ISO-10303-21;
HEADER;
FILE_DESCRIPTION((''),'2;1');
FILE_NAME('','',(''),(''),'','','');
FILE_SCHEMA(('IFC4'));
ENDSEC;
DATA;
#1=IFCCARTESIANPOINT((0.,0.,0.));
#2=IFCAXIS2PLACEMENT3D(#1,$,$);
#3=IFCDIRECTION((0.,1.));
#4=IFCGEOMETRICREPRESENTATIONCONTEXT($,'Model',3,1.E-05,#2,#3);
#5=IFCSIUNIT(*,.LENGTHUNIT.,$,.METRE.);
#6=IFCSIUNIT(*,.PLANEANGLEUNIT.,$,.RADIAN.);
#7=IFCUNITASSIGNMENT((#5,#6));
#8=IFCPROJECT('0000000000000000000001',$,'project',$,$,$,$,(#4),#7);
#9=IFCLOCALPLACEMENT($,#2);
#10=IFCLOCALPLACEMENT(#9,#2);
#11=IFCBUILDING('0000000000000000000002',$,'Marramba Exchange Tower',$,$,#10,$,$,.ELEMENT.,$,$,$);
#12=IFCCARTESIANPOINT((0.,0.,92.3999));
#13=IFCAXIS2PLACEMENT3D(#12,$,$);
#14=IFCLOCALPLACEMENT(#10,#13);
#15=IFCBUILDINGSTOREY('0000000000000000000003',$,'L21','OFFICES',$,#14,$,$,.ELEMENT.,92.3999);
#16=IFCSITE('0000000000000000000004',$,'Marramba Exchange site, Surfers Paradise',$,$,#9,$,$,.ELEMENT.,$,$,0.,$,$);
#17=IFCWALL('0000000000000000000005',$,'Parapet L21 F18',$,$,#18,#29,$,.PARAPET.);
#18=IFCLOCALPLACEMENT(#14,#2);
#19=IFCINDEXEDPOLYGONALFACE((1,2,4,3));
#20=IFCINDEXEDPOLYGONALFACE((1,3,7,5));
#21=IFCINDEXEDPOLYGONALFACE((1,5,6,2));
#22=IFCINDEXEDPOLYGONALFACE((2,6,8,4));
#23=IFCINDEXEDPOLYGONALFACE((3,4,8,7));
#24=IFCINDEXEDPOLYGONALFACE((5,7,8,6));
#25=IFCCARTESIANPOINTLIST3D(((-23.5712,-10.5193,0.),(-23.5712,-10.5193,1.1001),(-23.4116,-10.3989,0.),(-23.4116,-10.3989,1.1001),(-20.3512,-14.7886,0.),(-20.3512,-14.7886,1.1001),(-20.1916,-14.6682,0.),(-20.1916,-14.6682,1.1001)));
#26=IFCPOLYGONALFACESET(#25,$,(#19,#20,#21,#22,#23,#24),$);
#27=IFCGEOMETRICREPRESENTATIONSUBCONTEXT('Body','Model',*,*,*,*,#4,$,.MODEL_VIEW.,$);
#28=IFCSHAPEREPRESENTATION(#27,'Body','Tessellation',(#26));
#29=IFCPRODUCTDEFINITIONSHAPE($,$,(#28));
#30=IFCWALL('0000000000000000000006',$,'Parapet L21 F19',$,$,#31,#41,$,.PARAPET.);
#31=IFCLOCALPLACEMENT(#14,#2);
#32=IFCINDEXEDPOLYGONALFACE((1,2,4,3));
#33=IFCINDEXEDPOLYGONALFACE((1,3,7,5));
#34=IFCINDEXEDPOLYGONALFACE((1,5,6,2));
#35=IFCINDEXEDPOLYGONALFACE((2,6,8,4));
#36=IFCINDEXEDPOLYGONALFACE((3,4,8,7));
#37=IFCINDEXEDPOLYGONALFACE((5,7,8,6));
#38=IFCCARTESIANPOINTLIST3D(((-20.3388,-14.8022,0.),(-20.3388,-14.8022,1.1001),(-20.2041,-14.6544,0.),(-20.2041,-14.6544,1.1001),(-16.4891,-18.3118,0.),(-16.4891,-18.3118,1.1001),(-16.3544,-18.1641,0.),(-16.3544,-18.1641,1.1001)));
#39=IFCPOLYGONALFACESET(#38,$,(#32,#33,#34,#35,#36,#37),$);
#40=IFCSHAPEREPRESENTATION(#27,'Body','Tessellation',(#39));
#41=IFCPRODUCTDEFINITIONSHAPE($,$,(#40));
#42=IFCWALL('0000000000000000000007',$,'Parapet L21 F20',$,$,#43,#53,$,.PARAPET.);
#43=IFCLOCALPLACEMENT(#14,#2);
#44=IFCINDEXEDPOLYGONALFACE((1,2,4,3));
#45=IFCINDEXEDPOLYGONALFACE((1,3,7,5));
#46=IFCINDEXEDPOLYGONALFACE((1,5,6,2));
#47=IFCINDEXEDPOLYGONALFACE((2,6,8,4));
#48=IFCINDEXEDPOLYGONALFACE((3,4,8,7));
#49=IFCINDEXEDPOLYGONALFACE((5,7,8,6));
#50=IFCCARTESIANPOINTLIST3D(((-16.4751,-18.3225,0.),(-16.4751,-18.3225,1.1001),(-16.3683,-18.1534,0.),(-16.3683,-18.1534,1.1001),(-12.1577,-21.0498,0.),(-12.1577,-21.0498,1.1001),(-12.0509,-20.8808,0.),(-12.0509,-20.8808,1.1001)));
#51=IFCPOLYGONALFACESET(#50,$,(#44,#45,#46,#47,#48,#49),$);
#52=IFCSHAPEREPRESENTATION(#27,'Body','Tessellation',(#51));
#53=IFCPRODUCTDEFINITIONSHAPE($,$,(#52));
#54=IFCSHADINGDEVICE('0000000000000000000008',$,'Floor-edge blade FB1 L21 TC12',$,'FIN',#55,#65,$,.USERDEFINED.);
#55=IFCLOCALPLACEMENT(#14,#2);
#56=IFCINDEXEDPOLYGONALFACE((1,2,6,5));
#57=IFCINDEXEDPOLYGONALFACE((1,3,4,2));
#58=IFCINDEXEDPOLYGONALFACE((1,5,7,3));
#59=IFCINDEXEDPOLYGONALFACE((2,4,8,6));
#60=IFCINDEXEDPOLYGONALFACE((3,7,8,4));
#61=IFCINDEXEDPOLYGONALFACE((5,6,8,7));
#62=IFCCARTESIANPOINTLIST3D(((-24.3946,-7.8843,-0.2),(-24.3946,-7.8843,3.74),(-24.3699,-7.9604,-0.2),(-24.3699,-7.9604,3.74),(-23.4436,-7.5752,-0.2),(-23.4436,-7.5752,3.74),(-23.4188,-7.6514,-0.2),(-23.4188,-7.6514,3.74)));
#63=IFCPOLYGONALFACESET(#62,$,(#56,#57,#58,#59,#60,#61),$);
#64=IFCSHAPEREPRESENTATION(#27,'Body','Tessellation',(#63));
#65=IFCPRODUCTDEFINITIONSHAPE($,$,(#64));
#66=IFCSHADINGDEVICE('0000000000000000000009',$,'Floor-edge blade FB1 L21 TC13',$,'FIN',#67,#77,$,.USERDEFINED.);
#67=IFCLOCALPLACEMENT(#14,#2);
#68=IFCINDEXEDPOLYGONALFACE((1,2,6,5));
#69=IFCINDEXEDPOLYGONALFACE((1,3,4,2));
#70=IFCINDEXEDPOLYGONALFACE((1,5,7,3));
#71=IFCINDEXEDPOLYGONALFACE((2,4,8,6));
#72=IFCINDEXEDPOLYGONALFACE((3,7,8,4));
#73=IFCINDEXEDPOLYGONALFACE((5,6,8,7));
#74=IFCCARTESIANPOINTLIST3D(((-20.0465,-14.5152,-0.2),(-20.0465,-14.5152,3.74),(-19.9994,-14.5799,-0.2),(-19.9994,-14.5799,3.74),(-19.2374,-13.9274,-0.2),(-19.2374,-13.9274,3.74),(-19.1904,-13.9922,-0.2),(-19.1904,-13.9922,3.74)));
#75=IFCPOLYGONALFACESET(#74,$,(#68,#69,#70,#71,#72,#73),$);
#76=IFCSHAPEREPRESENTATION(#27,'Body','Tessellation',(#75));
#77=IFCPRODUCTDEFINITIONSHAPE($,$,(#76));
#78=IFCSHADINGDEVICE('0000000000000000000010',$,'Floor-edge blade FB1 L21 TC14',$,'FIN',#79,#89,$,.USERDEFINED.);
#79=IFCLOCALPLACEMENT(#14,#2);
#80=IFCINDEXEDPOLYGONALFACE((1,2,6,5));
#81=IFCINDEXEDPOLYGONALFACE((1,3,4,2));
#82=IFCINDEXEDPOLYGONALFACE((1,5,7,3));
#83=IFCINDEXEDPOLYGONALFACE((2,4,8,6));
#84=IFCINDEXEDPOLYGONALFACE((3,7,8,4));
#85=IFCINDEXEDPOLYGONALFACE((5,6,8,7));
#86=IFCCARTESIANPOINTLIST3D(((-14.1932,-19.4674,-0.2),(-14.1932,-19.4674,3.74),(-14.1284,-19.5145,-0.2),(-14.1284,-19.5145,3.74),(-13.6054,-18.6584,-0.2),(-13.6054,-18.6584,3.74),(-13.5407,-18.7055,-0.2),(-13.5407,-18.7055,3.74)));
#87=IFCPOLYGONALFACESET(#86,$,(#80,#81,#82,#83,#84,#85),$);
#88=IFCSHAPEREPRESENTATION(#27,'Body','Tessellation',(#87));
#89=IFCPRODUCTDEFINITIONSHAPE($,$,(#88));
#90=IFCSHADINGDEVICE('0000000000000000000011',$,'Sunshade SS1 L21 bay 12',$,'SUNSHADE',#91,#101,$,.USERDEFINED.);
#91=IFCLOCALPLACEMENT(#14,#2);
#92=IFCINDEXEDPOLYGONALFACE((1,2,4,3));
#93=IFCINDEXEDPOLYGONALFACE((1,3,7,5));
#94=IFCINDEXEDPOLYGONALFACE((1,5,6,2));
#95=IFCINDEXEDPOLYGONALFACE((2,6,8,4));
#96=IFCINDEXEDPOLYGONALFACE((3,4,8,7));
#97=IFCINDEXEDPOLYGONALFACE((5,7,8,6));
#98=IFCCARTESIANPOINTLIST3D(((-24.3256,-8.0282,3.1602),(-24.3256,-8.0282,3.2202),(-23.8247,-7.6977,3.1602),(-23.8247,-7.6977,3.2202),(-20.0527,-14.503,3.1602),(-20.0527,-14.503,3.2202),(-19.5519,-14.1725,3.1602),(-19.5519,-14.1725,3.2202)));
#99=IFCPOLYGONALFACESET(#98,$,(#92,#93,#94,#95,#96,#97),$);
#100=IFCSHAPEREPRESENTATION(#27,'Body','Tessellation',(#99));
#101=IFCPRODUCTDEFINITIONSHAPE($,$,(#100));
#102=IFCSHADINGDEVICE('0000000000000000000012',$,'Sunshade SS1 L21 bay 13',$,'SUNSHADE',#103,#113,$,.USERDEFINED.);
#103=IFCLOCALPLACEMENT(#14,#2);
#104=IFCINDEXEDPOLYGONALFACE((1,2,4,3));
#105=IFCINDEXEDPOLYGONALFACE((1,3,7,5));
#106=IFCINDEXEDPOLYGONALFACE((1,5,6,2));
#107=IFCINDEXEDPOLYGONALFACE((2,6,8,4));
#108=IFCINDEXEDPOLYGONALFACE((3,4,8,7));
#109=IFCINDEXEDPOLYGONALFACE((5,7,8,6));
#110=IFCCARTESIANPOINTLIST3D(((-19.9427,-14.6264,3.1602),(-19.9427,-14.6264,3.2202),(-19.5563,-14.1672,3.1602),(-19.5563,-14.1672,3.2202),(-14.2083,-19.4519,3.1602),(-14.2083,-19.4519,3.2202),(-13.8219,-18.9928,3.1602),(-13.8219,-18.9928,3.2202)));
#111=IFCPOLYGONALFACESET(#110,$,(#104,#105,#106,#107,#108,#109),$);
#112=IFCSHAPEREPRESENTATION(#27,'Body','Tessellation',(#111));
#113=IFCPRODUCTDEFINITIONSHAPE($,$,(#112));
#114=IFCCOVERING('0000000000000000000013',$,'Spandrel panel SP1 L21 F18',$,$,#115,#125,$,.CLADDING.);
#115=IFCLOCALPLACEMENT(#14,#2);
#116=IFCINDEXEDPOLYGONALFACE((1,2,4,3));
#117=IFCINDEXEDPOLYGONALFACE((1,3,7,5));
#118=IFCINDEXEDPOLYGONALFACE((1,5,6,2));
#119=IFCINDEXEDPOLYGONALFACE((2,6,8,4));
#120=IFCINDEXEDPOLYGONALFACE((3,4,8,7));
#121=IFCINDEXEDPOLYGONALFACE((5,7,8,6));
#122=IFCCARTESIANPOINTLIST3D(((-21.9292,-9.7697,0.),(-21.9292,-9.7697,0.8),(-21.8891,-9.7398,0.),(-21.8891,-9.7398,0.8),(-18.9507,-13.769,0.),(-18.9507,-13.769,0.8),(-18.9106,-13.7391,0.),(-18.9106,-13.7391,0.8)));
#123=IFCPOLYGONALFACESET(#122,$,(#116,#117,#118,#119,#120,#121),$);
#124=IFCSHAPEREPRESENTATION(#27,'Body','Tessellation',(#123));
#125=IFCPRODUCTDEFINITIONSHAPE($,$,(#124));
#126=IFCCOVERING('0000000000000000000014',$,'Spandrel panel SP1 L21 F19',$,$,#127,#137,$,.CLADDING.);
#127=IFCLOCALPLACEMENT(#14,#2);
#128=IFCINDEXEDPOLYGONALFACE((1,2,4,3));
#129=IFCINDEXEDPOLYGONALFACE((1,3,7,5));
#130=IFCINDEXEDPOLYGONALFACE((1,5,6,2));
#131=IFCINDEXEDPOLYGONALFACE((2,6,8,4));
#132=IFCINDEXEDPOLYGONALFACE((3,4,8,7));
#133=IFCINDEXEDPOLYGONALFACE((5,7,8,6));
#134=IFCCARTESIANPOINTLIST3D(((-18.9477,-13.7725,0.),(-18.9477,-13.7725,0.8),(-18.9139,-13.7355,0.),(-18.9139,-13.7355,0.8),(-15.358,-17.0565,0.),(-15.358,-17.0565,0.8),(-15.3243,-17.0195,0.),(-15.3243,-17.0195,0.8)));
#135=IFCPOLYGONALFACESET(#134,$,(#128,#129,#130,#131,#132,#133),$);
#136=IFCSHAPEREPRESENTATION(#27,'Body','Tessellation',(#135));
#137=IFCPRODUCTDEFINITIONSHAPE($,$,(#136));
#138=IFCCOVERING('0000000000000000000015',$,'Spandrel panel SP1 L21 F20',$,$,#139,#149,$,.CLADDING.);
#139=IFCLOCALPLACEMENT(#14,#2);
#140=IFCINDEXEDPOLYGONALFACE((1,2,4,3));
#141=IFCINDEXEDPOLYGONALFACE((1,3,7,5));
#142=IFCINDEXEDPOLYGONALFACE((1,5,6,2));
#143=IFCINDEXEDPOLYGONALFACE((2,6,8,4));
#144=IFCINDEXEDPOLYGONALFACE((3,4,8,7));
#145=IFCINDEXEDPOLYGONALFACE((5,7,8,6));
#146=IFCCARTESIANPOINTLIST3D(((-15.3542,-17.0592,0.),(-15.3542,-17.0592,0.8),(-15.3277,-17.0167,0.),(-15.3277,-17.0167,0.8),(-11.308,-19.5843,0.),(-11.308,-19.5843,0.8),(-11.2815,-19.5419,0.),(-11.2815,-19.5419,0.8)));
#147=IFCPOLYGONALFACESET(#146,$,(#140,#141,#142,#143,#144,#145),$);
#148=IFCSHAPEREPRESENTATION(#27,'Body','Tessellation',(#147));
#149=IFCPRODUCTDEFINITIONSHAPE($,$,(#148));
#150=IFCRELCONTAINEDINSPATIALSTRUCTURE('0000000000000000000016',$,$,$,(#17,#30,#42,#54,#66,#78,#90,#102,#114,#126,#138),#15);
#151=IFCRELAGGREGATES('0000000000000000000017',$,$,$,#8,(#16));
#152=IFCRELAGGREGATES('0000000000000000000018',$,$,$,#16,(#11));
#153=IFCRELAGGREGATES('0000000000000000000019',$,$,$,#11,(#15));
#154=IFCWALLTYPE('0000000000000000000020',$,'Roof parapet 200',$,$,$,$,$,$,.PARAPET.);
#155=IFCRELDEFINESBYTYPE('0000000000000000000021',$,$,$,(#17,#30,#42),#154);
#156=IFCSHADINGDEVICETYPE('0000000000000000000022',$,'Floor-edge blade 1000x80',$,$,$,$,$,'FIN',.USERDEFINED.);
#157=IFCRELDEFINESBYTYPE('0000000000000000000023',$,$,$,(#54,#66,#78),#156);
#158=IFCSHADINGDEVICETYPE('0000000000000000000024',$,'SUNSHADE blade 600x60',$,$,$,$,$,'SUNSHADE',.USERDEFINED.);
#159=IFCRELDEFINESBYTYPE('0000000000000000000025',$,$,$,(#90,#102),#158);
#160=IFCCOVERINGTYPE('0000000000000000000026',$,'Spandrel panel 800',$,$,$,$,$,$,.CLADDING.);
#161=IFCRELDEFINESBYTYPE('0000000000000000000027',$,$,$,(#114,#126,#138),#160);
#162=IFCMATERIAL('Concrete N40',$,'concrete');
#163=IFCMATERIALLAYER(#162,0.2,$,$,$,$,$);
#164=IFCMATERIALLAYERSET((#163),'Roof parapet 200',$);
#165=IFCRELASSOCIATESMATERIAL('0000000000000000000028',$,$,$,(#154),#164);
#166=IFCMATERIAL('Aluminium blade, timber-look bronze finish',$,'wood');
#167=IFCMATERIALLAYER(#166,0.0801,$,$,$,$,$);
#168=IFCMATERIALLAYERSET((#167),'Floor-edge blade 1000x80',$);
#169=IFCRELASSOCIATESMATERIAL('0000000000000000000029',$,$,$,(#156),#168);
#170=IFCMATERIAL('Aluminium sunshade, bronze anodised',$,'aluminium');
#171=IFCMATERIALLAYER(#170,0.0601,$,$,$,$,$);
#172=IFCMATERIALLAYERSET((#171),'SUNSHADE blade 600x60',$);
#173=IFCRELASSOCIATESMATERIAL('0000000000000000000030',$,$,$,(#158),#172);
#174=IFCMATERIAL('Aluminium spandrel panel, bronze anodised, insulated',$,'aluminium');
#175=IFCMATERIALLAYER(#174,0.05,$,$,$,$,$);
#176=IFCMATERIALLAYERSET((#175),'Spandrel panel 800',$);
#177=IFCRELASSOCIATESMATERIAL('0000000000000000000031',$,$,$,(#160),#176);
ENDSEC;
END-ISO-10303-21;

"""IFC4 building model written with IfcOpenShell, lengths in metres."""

from ifc_helpers import new_model, si_unit, direction, frame, frame_2d, origin, origin_2d, place, context, subcontext, project, spatial, rectangle, extrude, material, layer, layer_set, type_object, element, save


model = new_model("IFC4")

# Units and contexts
model_context = context("Model", 3, precision=1e-05, world=origin(), true_north=direction((0.0, 1.0)))
body_context = subcontext(model_context, "Body", "Model", "MODEL_VIEW")
ifc_project = project(units=[si_unit("LENGTHUNIT", "METRE"), si_unit("PLANEANGLEUNIT", "RADIAN")], contexts=[model_context])

# Site, building, storey
site_placement = place(None, origin())
site = spatial("IfcSite", under=ifc_project, at=site_placement, Name="Marramba Exchange site, Surfers Paradise", CompositionType="ELEMENT", RefElevation=0.0)
building_placement = place(site_placement, origin())
building = spatial("IfcBuilding", under=site, at=building_placement, Name="Marramba Exchange Tower", CompositionType="ELEMENT")
storey_placement = place(building_placement, frame((0.0, 0.0, 92.3999)))
storey = spatial("IfcBuildingStorey", under=building, at=storey_placement, Name="L21", Description="OFFICES", CompositionType="ELEMENT", Elevation=92.3999)

# Walls
ifc_material_1 = material(Name="Concrete N40", Category="concrete")
ifc_layer_1 = layer(ifc_material_1, 0.2)
ifc_layer_set_1 = layer_set([ifc_layer_1], Name="Roof parapet 200")
wall_type_1 = type_object("IfcWallType", Name="Roof parapet 200", PredefinedType="PARAPET", material=ifc_layer_set_1)
wall_1_placement = place(storey_placement, frame((-23.4915, -10.459, 0.0), z_axis=(0.0, 0.0, 1.0), x_axis=(0.602153, -0.798381, 0.0)))
element("IfcWall", 1, at=wall_1_placement, inside=storey, type_object=wall_type_1, Name="Parapet L21 F18", PredefinedType="PARAPET", context=body_context, shape_type="SweptSolid", body=[
    extrude(rectangle(XDim=5.3474, YDim=0.2, at=frame_2d((2.6738, 0.0))), origin(), (0.0, 0.0, 1.0), 1.1001),
])
wall_2_placement = place(storey_placement, frame((-20.2715, -14.7283, 0.0), z_axis=(0.0, 0.0, 1.0), x_axis=(0.738994, -0.673712, 0.0)))
element("IfcWall", 2, at=wall_2_placement, inside=storey, type_object=wall_type_1, Name="Parapet L21 F19", PredefinedType="PARAPET", context=body_context, shape_type="SweptSolid", body=[
    extrude(rectangle(XDim=5.2095, YDim=0.2, at=frame_2d((2.6047, 0.0))), origin(), (0.0, 0.0, 1.0), 1.1001),
])
wall_3_placement = place(storey_placement, frame((-16.4216, -18.238, 0.0), z_axis=(0.0, 0.0, 1.0), x_axis=(0.845442, -0.534067, 0.0)))
element("IfcWall", 3, at=wall_3_placement, inside=storey, type_object=wall_type_1, Name="Parapet L21 F20", PredefinedType="PARAPET", context=body_context, shape_type="SweptSolid", body=[
    extrude(rectangle(XDim=5.1067, YDim=0.2, at=frame_2d((2.5532, 0.0))), origin(), (0.0, 0.0, 1.0), 1.1001),
])

# Shading devices
ifc_material_2 = material(Name="Aluminium blade, timber-look bronze finish", Category="wood")
ifc_layer_2 = layer(ifc_material_2, 0.0801)
ifc_layer_set_2 = layer_set([ifc_layer_2], Name="Floor-edge blade 1000x80")
shading_device_type_1 = type_object("IfcShadingDeviceType", Name="Floor-edge blade 1000x80", ElementType="FIN", PredefinedType="USERDEFINED", material=ifc_layer_set_2)
for number, where, z_axis, x_axis, name in (
    (4, (-23.9067, -7.7678, -0.2), (0.0, 0.0, 1.0), (-0.951057, -0.309017, 0.0), "Floor-edge blade FB1 L21 TC12"),
    (5, (-19.6184, -14.2537, -0.2), (0.0, 0.0, 1.0), (-0.809017, -0.587785, 0.0), "Floor-edge blade FB1 L21 TC13"),
    (6, (-13.8669, -19.0864, -0.2), (0.0, 0.0, 1.0), (-0.587785, -0.809017, 0.0), "Floor-edge blade FB1 L21 TC14"),
):
    element("IfcShadingDevice", number, at=place(storey_placement, frame(where, z_axis=z_axis, x_axis=x_axis)), inside=storey, type_object=shading_device_type_1, Name=name, ObjectType="FIN", PredefinedType="USERDEFINED", context=body_context, shape_type="SweptSolid", body=[
        extrude(rectangle(XDim=1.0, YDim=0.0801, at=origin_2d()), origin(), (0.0, 0.0, 1.0), 3.9399),
    ])
ifc_material_3 = material(Name="Aluminium sunshade, bronze anodised", Category="aluminium")
ifc_layer_3 = layer(ifc_material_3, 0.0601)
ifc_layer_set_3 = layer_set([ifc_layer_3], Name="SUNSHADE blade 600x60")
shading_device_type_2 = type_object("IfcShadingDeviceType", Name="SUNSHADE blade 600x60", ElementType="SUNSHADE", PredefinedType="USERDEFINED", material=ifc_layer_set_3)
shading_device_1_placement = place(storey_placement, frame((-21.9387, -11.1003, 3.1602), z_axis=(0.0, 0.0, 1.0), x_axis=(0.550792, -0.834642, 0.0)))
element("IfcShadingDevice", 7, at=shading_device_1_placement, inside=storey, type_object=shading_device_type_2, Name="Sunshade SS1 L21 bay 12", ObjectType="SUNSHADE", PredefinedType="USERDEFINED", context=body_context, shape_type="SweptSolid", body=[
    extrude(rectangle(XDim=7.7576, YDim=0.6001, at=origin_2d()), origin(), (0.0, 0.0, 1.0), 0.0601),
])
shading_device_2_placement = place(storey_placement, frame((-16.8823, -16.8096, 3.1602), z_axis=(0.0, 0.0, 1.0), x_axis=(0.765139, -0.643866, 0.0)))
element("IfcShadingDevice", 8, at=shading_device_2_placement, inside=storey, type_object=shading_device_type_2, Name="Sunshade SS1 L21 bay 13", ObjectType="SUNSHADE", PredefinedType="USERDEFINED", context=body_context, shape_type="SweptSolid", body=[
    extrude(rectangle(XDim=7.4946, YDim=0.6001, at=origin_2d()), origin(), (0.0, 0.0, 1.0), 0.0601),
])

# Coverings
ifc_material_4 = material(Name="Aluminium spandrel panel, bronze anodised, insulated", Category="aluminium")
ifc_layer_4 = layer(ifc_material_4, 0.05)
ifc_layer_set_4 = layer_set([ifc_layer_4], Name="Spandrel panel 800")
covering_type = type_object("IfcCoveringType", Name="Spandrel panel 800", PredefinedType="CLADDING", material=ifc_layer_set_4)
covering_1_placement = place(storey_placement, frame((-20.4199, -11.7544, 0.0), z_axis=(0.0, 0.0, 1.0), x_axis=(0.597305, -0.802014, 0.0)))
element("IfcCovering", 9, at=covering_1_placement, inside=storey, type_object=covering_type, Name="Spandrel panel SP1 L21 F18", PredefinedType="CLADDING", context=body_context, shape_type="SweptSolid", body=[
    extrude(rectangle(XDim=4.9866, YDim=0.05, at=origin_2d()), origin(), (0.0, 0.0, 1.0), 0.8),
])
covering_2_placement = place(storey_placement, frame((-17.136, -15.396, 0.0), z_axis=(0.0, 0.0, 1.0), x_axis=(0.737822, -0.674995, 0.0)))
element("IfcCovering", 10, at=covering_2_placement, inside=storey, type_object=covering_type, Name="Spandrel panel SP1 L21 F19", PredefinedType="CLADDING", context=body_context, shape_type="SweptSolid", body=[
    extrude(rectangle(XDim=4.8652, YDim=0.05, at=origin_2d()), origin(), (0.0, 0.0, 1.0), 0.8),
])
covering_3_placement = place(storey_placement, frame((-13.3179, -18.3005, 0.0), z_axis=(0.0, 0.0, 1.0), x_axis=(0.848355, -0.529428, 0.0)))
element("IfcCovering", 11, at=covering_3_placement, inside=storey, type_object=covering_type, Name="Spandrel panel SP1 L21 F20", PredefinedType="CLADDING", context=body_context, shape_type="SweptSolid", body=[
    extrude(rectangle(XDim=4.7695, YDim=0.05, at=origin_2d()), origin(), (0.0, 0.0, 1.0), 0.8),
])

save(model, "model.ifc")
